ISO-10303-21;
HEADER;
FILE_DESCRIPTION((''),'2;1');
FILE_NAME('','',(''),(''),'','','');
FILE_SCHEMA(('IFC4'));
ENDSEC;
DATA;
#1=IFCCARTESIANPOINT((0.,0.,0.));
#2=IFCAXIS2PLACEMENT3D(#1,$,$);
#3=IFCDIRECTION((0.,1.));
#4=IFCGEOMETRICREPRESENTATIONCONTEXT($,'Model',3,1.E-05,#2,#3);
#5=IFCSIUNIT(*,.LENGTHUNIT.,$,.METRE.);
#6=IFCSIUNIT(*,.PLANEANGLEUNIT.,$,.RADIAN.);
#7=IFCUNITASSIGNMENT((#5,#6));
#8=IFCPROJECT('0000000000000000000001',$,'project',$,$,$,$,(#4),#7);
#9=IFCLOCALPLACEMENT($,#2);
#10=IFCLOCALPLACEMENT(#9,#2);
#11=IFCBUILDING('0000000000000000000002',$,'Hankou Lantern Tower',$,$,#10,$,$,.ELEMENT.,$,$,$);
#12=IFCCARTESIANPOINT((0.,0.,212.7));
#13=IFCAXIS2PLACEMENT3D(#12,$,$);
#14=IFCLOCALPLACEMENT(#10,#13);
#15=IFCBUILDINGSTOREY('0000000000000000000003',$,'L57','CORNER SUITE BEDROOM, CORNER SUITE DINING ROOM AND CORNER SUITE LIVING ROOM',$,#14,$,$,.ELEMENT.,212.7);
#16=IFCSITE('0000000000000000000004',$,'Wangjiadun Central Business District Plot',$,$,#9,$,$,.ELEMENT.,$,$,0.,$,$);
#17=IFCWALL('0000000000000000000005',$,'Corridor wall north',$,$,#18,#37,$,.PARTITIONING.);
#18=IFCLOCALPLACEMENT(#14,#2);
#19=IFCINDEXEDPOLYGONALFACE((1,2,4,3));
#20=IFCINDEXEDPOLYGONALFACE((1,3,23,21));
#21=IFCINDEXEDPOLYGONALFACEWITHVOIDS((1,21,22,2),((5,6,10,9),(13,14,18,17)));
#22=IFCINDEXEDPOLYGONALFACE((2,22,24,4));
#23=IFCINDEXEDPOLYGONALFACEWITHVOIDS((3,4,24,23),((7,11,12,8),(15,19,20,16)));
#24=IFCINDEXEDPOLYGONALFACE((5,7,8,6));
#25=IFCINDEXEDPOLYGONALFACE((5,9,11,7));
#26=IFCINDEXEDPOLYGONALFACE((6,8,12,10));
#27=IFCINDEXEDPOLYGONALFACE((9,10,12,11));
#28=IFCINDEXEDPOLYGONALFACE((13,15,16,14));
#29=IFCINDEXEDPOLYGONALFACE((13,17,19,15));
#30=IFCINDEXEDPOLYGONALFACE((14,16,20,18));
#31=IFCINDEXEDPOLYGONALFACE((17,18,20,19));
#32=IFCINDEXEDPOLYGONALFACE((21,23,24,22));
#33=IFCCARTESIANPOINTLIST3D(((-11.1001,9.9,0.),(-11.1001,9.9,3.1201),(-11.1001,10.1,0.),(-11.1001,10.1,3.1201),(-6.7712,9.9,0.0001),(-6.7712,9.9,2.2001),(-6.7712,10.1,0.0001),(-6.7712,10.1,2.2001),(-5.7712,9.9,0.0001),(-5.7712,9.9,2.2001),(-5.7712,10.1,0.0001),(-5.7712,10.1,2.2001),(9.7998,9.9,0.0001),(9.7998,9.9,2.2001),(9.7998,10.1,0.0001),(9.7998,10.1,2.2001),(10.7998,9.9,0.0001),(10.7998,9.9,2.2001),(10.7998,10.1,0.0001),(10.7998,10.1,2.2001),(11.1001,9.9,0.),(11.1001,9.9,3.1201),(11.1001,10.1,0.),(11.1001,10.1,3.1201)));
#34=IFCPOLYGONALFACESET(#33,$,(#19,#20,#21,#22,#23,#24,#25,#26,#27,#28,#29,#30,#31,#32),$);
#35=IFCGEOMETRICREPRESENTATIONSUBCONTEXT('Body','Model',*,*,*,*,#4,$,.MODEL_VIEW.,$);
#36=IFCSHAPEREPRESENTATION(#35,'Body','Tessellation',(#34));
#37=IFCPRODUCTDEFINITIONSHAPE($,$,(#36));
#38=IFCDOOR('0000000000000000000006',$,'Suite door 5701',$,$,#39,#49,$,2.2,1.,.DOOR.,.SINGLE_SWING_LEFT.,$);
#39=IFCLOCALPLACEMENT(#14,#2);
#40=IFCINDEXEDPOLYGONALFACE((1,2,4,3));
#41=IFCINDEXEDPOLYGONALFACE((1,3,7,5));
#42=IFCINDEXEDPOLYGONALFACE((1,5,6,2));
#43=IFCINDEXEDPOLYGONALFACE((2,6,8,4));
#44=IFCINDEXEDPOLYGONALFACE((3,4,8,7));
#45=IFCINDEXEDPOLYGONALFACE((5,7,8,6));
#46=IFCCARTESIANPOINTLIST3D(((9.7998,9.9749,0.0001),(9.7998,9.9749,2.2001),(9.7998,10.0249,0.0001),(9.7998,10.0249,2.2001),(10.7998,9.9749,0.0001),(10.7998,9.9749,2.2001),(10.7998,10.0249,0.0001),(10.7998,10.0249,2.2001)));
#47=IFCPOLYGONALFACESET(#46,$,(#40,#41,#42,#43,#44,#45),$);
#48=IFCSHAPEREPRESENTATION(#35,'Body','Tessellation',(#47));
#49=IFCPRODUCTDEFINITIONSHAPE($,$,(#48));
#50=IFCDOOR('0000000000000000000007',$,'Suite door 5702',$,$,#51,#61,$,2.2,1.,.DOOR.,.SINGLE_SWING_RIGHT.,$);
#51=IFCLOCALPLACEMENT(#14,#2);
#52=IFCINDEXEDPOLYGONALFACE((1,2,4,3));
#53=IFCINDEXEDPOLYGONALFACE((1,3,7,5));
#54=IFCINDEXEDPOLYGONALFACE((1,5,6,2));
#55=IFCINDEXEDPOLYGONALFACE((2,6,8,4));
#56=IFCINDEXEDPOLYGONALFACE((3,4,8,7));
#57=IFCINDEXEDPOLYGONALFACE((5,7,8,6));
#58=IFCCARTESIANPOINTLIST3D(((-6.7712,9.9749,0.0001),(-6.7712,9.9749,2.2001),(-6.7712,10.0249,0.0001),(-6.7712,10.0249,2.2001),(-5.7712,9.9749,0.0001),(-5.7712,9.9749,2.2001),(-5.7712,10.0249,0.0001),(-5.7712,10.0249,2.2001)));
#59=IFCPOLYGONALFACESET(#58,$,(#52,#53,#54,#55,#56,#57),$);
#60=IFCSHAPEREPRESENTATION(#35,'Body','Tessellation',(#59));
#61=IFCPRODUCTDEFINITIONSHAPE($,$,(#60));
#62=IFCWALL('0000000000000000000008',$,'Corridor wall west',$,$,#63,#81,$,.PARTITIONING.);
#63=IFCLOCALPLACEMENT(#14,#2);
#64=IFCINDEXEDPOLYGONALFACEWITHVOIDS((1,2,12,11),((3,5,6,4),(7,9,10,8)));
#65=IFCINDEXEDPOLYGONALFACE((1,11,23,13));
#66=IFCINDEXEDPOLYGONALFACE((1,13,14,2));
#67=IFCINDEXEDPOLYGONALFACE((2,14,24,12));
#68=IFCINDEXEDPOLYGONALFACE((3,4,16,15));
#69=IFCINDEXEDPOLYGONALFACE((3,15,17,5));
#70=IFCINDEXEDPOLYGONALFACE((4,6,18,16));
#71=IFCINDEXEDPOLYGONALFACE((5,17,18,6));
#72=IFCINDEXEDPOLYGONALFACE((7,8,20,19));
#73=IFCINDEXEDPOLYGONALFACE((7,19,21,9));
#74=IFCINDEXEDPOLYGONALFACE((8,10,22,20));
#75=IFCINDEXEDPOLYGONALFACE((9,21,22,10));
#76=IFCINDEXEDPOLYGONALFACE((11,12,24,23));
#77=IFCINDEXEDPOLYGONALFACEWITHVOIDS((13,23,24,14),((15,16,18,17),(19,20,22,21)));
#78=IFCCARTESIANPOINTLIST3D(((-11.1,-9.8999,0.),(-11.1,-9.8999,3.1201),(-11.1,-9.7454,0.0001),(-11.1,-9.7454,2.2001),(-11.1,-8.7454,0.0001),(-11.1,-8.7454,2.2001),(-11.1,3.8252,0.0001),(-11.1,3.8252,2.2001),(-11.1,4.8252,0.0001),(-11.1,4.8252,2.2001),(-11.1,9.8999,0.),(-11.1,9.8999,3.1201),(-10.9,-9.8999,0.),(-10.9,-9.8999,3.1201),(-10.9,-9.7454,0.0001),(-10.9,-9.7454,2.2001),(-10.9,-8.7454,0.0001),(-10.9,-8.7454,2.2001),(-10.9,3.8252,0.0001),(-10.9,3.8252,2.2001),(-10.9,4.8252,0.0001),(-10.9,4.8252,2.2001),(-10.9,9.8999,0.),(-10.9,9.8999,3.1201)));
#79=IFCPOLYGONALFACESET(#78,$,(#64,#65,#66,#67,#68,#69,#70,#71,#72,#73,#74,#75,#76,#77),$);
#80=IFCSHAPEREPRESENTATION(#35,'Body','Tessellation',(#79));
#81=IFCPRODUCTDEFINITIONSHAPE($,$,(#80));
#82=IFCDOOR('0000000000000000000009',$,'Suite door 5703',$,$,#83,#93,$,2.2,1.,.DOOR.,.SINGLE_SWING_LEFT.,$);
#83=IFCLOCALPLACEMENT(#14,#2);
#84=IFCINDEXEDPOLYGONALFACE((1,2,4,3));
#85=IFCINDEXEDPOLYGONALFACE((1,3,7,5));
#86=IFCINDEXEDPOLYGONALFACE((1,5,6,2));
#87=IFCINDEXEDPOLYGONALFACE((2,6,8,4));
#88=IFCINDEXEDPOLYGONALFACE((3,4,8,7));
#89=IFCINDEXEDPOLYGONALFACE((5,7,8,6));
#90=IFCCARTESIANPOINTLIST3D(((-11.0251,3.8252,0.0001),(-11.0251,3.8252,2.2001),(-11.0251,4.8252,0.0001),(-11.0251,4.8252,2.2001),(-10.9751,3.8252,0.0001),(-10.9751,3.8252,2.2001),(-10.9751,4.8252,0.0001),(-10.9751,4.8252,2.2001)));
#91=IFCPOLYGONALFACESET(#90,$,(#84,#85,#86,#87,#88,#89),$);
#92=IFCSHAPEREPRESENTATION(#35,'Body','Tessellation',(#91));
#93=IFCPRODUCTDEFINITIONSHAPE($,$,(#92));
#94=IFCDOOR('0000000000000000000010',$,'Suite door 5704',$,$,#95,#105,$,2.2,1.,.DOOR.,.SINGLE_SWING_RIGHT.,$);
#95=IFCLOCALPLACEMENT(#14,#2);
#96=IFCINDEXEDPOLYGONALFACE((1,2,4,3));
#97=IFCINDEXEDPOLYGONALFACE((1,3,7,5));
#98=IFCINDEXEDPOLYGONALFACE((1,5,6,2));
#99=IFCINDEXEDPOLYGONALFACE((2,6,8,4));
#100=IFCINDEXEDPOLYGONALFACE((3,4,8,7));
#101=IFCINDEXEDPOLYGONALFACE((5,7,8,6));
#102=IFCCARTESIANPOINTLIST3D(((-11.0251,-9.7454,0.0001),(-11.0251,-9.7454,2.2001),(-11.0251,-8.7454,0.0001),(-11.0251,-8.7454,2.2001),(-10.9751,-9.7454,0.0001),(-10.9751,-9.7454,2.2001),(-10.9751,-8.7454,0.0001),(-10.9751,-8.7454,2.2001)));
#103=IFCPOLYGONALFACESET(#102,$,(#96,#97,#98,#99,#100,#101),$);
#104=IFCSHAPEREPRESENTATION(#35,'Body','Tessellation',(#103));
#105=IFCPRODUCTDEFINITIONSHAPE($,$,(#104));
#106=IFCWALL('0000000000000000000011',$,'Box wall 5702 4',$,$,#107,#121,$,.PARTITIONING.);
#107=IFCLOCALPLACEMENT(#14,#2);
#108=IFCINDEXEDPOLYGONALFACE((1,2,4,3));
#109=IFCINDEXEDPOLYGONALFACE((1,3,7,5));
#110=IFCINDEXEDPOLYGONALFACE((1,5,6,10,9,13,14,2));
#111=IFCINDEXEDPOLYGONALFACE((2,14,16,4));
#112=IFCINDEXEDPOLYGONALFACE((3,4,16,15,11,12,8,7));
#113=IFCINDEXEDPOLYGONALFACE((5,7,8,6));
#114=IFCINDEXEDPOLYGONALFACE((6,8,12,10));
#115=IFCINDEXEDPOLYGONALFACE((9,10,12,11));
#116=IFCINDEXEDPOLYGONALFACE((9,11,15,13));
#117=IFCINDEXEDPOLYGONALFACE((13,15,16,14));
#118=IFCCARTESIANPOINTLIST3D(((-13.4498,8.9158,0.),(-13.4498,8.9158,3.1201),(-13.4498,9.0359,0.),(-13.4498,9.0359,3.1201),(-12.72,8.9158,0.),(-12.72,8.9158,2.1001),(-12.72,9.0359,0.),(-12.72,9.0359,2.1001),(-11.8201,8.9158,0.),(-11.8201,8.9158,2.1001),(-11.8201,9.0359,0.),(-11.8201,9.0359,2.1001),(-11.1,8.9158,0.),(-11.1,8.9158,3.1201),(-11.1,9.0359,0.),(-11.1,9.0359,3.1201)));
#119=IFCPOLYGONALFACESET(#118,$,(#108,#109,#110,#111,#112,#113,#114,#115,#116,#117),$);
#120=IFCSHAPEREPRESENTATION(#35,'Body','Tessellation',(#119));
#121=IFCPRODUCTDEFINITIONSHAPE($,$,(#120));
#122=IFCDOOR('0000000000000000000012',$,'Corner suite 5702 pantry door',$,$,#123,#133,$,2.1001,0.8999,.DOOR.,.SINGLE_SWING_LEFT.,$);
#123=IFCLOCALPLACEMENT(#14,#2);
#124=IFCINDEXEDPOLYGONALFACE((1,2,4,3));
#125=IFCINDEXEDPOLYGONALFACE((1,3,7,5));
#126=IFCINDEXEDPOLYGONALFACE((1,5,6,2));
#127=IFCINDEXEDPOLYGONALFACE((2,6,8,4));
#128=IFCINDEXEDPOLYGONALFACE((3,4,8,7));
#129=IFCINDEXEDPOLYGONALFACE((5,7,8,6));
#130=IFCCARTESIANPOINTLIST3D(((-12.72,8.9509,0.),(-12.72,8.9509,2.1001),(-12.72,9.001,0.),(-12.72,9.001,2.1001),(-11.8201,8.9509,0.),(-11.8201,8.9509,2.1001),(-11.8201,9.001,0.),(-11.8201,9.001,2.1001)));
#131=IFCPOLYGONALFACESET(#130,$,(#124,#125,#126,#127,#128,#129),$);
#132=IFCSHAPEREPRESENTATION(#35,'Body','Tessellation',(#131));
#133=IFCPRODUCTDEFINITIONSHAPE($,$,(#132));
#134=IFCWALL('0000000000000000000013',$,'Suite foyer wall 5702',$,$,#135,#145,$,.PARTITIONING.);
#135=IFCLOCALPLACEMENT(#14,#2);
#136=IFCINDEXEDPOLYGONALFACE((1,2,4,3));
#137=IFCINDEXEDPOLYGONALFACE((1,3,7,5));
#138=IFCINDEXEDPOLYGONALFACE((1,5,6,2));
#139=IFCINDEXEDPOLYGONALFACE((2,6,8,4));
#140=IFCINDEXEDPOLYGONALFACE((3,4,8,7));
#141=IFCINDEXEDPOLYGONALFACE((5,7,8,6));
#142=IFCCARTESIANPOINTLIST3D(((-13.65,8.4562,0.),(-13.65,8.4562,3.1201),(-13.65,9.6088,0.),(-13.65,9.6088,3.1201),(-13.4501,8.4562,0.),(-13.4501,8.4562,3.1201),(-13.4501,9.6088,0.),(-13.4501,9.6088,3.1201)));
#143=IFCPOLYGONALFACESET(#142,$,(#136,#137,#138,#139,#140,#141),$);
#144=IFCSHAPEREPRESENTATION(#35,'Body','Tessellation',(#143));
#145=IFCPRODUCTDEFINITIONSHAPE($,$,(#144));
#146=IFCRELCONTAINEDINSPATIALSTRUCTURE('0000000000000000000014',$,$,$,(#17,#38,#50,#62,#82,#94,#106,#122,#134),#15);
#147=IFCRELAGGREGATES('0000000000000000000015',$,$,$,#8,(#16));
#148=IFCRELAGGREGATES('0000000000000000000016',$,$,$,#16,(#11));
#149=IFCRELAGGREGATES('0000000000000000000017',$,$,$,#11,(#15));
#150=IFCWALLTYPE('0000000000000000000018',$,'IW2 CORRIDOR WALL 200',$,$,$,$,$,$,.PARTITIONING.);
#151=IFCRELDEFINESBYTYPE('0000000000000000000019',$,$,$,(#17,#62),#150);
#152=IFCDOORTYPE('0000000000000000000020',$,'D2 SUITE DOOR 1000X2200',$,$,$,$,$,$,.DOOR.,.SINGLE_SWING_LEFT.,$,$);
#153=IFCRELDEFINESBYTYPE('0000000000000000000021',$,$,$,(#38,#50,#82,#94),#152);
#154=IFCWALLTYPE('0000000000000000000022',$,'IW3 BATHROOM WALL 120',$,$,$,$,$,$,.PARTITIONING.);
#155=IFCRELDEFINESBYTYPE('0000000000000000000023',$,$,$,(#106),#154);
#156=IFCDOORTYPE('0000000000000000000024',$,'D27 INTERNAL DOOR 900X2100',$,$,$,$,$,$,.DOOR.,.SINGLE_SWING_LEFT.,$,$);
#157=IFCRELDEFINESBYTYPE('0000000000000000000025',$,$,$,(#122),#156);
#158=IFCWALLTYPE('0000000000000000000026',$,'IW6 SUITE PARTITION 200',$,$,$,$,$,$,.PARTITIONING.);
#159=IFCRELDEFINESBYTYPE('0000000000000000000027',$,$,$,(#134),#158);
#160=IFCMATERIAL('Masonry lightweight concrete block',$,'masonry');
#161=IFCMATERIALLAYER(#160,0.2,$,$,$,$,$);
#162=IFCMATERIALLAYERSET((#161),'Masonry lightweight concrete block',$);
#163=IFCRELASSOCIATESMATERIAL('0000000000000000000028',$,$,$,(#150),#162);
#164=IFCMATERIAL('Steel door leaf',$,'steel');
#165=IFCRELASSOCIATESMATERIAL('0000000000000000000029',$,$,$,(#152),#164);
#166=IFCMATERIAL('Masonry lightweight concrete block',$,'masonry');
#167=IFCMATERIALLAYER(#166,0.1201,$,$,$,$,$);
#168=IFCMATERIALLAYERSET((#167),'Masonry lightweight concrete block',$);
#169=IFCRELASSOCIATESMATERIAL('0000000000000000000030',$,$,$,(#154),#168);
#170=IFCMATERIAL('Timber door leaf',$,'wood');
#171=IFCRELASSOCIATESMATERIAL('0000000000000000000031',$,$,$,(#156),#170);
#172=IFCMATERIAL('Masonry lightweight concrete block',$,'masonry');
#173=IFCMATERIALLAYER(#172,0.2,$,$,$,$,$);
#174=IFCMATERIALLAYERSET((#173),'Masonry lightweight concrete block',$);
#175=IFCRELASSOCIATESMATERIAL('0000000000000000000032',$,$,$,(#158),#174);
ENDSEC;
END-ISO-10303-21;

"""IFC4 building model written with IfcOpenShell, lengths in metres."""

from ifc_helpers import new_model, si_unit, direction, frame, frame_2d, origin, place, context, subcontext, project, spatial, rectangle, extrude, material, layer, layer_set, type_object, element, fill, save


model = new_model("IFC4")

# Units and contexts
model_context = context("Model", 3, precision=1e-05, world=origin(), true_north=direction((0.0, 1.0)))
body_context = subcontext(model_context, "Body", "Model", "MODEL_VIEW")
ifc_project = project(units=[si_unit("LENGTHUNIT", "METRE"), si_unit("PLANEANGLEUNIT", "RADIAN")], contexts=[model_context])

# Site, building, storey
site_placement = place(None, origin())
site = spatial("IfcSite", under=ifc_project, at=site_placement, Name="Wangjiadun Central Business District Plot", CompositionType="ELEMENT", RefElevation=0.0)
building_placement = place(site_placement, origin())
building = spatial("IfcBuilding", under=site, at=building_placement, Name="Hankou Lantern Tower", CompositionType="ELEMENT")
storey_placement = place(building_placement, frame((0.0, 0.0, 212.7)))
storey = spatial("IfcBuildingStorey", under=building, at=storey_placement, Name="L57", Description="CORNER SUITE BEDROOM, CORNER SUITE DINING ROOM AND CORNER SUITE LIVING ROOM", CompositionType="ELEMENT", Elevation=212.7)

# Walls, openings, doors
ifc_material_1 = material(Name="Masonry lightweight concrete block", Category="masonry")
ifc_layer_1 = layer(ifc_material_1, 0.2)
ifc_layer_set_1 = layer_set([ifc_layer_1], Name="Masonry lightweight concrete block")
wall_type_1 = type_object("IfcWallType", Name="IW2 CORRIDOR WALL 200", PredefinedType="PARTITIONING", material=ifc_layer_set_1)
wall_1_placement = place(storey_placement, frame((-11.1001, 10.0, 0.0), z_axis=(0.0, 0.0, 1.0), x_axis=(1.0, 0.0, 0.0)))
wall_1 = element("IfcWall", 1, at=wall_1_placement, inside=storey, type_object=wall_type_1, Name="Corridor wall north", PredefinedType="PARTITIONING", context=body_context, shape_type="SweptSolid", body=[
    extrude(rectangle(XDim=22.2002, YDim=0.2, at=frame_2d((11.1001, 0.0))), origin(), (0.0, 0.0, 1.0), 3.1201),
])
opening_1_placement = place(wall_1_placement, frame((20.8999, 0.0, 0.0)))
opening_1 = element("IfcOpeningElement", 2, at=opening_1_placement, cuts=wall_1, PredefinedType="OPENING", context=body_context, shape_type="SweptSolid", body=[
    extrude(rectangle(XDim=1.0, YDim=2.2, at=frame_2d((0.5, 1.1001))), frame((0.0, 0.1099, 0.0), z_axis=(0.0, -1.0, 0.0), x_axis=(1.0, 0.0, 0.0)), (0.0, 0.0, 1.0), 0.22),
])
opening_2_placement = place(wall_1_placement, frame((4.3289, 0.0, 0.0)))
opening_2 = element("IfcOpeningElement", 3, at=opening_2_placement, cuts=wall_1, PredefinedType="OPENING", context=body_context, shape_type="SweptSolid", body=[
    extrude(rectangle(XDim=1.0, YDim=2.2, at=frame_2d((0.5, 1.1001))), frame((0.0, 0.1099, 0.0), z_axis=(0.0, -1.0, 0.0), x_axis=(1.0, 0.0, 0.0)), (0.0, 0.0, 1.0), 0.22),
])
ifc_material_2 = material(Name="Steel door leaf", Category="steel")
door_type_1 = type_object("IfcDoorType", Name="D2 SUITE DOOR 1000X2200", OperationType="SINGLE_SWING_LEFT", PredefinedType="DOOR", material=ifc_material_2)
door_1_placement = place(opening_1_placement, origin())
door_1 = element("IfcDoor", 4, at=door_1_placement, inside=storey, type_object=door_type_1, Name="Suite door 5701", OperationType="SINGLE_SWING_LEFT", OverallHeight=2.2, OverallWidth=1.0, PredefinedType="DOOR", context=body_context, shape_type="SweptSolid", body=[
    extrude(rectangle(XDim=1.0, YDim=2.2, at=frame_2d((0.5, 1.1001))), frame((0.0, 0.0249, 0.0), z_axis=(0.0, -1.0, 0.0), x_axis=(1.0, 0.0, 0.0)), (0.0, 0.0, 1.0), 0.05),
])
fill(opening_1, door_1)
door_2_placement = place(opening_2_placement, origin())
door_2 = element("IfcDoor", 5, at=door_2_placement, inside=storey, type_object=door_type_1, Name="Suite door 5702", OperationType="SINGLE_SWING_RIGHT", OverallHeight=2.2, OverallWidth=1.0, PredefinedType="DOOR", context=body_context, shape_type="SweptSolid", body=[
    extrude(rectangle(XDim=1.0, YDim=2.2, at=frame_2d((0.5, 1.1001))), frame((0.0, 0.0249, 0.0), z_axis=(0.0, -1.0, 0.0), x_axis=(1.0, 0.0, 0.0)), (0.0, 0.0, 1.0), 0.05),
])
fill(opening_2, door_2)
wall_2_placement = place(storey_placement, frame((-11.0, 9.8999, 0.0), z_axis=(0.0, 0.0, 1.0), x_axis=(0.0, -1.0, 0.0)))
wall_2 = element("IfcWall", 6, at=wall_2_placement, inside=storey, type_object=wall_type_1, Name="Corridor wall west", PredefinedType="PARTITIONING", context=body_context, shape_type="SweptSolid", body=[
    extrude(rectangle(XDim=19.7998, YDim=0.2, at=frame_2d((9.8999, 0.0))), origin(), (0.0, 0.0, 1.0), 3.1201),
])
opening_3_placement = place(wall_2_placement, frame((5.0747, 0.0, 0.0)))
opening_3 = element("IfcOpeningElement", 7, at=opening_3_placement, cuts=wall_2, PredefinedType="OPENING", context=body_context, shape_type="SweptSolid", body=[
    extrude(rectangle(XDim=1.0, YDim=2.2, at=frame_2d((0.5, 1.1001))), frame((0.0, 0.1099, 0.0), z_axis=(0.0, -1.0, 0.0), x_axis=(1.0, 0.0, 0.0)), (0.0, 0.0, 1.0), 0.22),
])
opening_4_placement = place(wall_2_placement, frame((18.6453, 0.0, 0.0)))
opening_4 = element("IfcOpeningElement", 8, at=opening_4_placement, cuts=wall_2, PredefinedType="OPENING", context=body_context, shape_type="SweptSolid", body=[
    extrude(rectangle(XDim=1.0, YDim=2.2, at=frame_2d((0.5, 1.1001))), frame((0.0, 0.1099, 0.0), z_axis=(0.0, -1.0, 0.0), x_axis=(1.0, 0.0, 0.0)), (0.0, 0.0, 1.0), 0.22),
])
door_3_placement = place(opening_3_placement, origin())
door_3 = element("IfcDoor", 9, at=door_3_placement, inside=storey, type_object=door_type_1, Name="Suite door 5703", OperationType="SINGLE_SWING_LEFT", OverallHeight=2.2, OverallWidth=1.0, PredefinedType="DOOR", context=body_context, shape_type="SweptSolid", body=[
    extrude(rectangle(XDim=1.0, YDim=2.2, at=frame_2d((0.5, 1.1001))), frame((0.0, 0.0249, 0.0), z_axis=(0.0, -1.0, 0.0), x_axis=(1.0, 0.0, 0.0)), (0.0, 0.0, 1.0), 0.05),
])
fill(opening_3, door_3)
door_4_placement = place(opening_4_placement, origin())
door_4 = element("IfcDoor", 10, at=door_4_placement, inside=storey, type_object=door_type_1, Name="Suite door 5704", OperationType="SINGLE_SWING_RIGHT", OverallHeight=2.2, OverallWidth=1.0, PredefinedType="DOOR", context=body_context, shape_type="SweptSolid", body=[
    extrude(rectangle(XDim=1.0, YDim=2.2, at=frame_2d((0.5, 1.1001))), frame((0.0, 0.0249, 0.0), z_axis=(0.0, -1.0, 0.0), x_axis=(1.0, 0.0, 0.0)), (0.0, 0.0, 1.0), 0.05),
])
fill(opening_4, door_4)

# Wall, opening, door
ifc_material_3 = material(Name="Masonry lightweight concrete block", Category="masonry")
ifc_layer_2 = layer(ifc_material_3, 0.1201)
ifc_layer_set_2 = layer_set([ifc_layer_2], Name="Masonry lightweight concrete block")
wall_type_2 = type_object("IfcWallType", Name="IW3 BATHROOM WALL 120", PredefinedType="PARTITIONING", material=ifc_layer_set_2)
wall_3_placement = place(storey_placement, frame((-11.1001, 8.9758, 0.0), z_axis=(0.0, 0.0, 1.0), x_axis=(-1.0, 0.0, 0.0)))
wall_3 = element("IfcWall", 11, at=wall_3_placement, inside=storey, type_object=wall_type_2, Name="Box wall 5702 4", PredefinedType="PARTITIONING", context=body_context, shape_type="SweptSolid", body=[
    extrude(rectangle(XDim=2.3499, YDim=0.1201, at=frame_2d((1.1748, 0.0))), origin(), (0.0, 0.0, 1.0), 3.1201),
])
opening_5_placement = place(wall_3_placement, frame((0.72, 0.0, 0.0)))
opening_5 = element("IfcOpeningElement", 12, at=opening_5_placement, cuts=wall_3, PredefinedType="OPENING", context=body_context, shape_type="SweptSolid", body=[
    extrude(rectangle(XDim=0.8999, YDim=2.1001, at=frame_2d((0.45, 1.05))), frame((0.0, 0.0701, 0.0), z_axis=(0.0, -1.0, 0.0), x_axis=(1.0, 0.0, 0.0)), (0.0, 0.0, 1.0), 0.1401),
])
ifc_material_4 = material(Name="Timber door leaf", Category="wood")
door_type_2 = type_object("IfcDoorType", Name="D27 INTERNAL DOOR 900X2100", OperationType="SINGLE_SWING_LEFT", PredefinedType="DOOR", material=ifc_material_4)
door_5_placement = place(opening_5_placement, origin())
door_5 = element("IfcDoor", 13, at=door_5_placement, inside=storey, type_object=door_type_2, Name="Corner suite 5702 pantry door", OperationType="SINGLE_SWING_LEFT", OverallHeight=2.1001, OverallWidth=0.8999, PredefinedType="DOOR", context=body_context, shape_type="SweptSolid", body=[
    extrude(rectangle(XDim=0.8999, YDim=2.1001, at=frame_2d((0.45, 1.05))), frame((0.0, 0.0249, 0.0), z_axis=(0.0, -1.0, 0.0), x_axis=(1.0, 0.0, 0.0)), (0.0, 0.0, 1.0), 0.05),
])
fill(opening_5, door_5)

# Wall
ifc_material_5 = material(Name="Masonry lightweight concrete block", Category="masonry")
ifc_layer_3 = layer(ifc_material_5, 0.2)
ifc_layer_set_3 = layer_set([ifc_layer_3], Name="Masonry lightweight concrete block")
wall_type_3 = type_object("IfcWallType", Name="IW6 SUITE PARTITION 200", PredefinedType="PARTITIONING", material=ifc_layer_set_3)
wall_4_placement = place(storey_placement, frame((-13.55, 9.6086, 0.0), z_axis=(0.0, 0.0, 1.0), x_axis=(0.0, -1.0, 0.0)))
element("IfcWall", 14, at=wall_4_placement, inside=storey, type_object=wall_type_3, Name="Suite foyer wall 5702", PredefinedType="PARTITIONING", context=body_context, shape_type="SweptSolid", body=[
    extrude(rectangle(XDim=1.1526, YDim=0.2, at=frame_2d((0.5762, 0.0))), origin(), (0.0, 0.0, 1.0), 3.1201),
])

save(model, "model.ifc")
